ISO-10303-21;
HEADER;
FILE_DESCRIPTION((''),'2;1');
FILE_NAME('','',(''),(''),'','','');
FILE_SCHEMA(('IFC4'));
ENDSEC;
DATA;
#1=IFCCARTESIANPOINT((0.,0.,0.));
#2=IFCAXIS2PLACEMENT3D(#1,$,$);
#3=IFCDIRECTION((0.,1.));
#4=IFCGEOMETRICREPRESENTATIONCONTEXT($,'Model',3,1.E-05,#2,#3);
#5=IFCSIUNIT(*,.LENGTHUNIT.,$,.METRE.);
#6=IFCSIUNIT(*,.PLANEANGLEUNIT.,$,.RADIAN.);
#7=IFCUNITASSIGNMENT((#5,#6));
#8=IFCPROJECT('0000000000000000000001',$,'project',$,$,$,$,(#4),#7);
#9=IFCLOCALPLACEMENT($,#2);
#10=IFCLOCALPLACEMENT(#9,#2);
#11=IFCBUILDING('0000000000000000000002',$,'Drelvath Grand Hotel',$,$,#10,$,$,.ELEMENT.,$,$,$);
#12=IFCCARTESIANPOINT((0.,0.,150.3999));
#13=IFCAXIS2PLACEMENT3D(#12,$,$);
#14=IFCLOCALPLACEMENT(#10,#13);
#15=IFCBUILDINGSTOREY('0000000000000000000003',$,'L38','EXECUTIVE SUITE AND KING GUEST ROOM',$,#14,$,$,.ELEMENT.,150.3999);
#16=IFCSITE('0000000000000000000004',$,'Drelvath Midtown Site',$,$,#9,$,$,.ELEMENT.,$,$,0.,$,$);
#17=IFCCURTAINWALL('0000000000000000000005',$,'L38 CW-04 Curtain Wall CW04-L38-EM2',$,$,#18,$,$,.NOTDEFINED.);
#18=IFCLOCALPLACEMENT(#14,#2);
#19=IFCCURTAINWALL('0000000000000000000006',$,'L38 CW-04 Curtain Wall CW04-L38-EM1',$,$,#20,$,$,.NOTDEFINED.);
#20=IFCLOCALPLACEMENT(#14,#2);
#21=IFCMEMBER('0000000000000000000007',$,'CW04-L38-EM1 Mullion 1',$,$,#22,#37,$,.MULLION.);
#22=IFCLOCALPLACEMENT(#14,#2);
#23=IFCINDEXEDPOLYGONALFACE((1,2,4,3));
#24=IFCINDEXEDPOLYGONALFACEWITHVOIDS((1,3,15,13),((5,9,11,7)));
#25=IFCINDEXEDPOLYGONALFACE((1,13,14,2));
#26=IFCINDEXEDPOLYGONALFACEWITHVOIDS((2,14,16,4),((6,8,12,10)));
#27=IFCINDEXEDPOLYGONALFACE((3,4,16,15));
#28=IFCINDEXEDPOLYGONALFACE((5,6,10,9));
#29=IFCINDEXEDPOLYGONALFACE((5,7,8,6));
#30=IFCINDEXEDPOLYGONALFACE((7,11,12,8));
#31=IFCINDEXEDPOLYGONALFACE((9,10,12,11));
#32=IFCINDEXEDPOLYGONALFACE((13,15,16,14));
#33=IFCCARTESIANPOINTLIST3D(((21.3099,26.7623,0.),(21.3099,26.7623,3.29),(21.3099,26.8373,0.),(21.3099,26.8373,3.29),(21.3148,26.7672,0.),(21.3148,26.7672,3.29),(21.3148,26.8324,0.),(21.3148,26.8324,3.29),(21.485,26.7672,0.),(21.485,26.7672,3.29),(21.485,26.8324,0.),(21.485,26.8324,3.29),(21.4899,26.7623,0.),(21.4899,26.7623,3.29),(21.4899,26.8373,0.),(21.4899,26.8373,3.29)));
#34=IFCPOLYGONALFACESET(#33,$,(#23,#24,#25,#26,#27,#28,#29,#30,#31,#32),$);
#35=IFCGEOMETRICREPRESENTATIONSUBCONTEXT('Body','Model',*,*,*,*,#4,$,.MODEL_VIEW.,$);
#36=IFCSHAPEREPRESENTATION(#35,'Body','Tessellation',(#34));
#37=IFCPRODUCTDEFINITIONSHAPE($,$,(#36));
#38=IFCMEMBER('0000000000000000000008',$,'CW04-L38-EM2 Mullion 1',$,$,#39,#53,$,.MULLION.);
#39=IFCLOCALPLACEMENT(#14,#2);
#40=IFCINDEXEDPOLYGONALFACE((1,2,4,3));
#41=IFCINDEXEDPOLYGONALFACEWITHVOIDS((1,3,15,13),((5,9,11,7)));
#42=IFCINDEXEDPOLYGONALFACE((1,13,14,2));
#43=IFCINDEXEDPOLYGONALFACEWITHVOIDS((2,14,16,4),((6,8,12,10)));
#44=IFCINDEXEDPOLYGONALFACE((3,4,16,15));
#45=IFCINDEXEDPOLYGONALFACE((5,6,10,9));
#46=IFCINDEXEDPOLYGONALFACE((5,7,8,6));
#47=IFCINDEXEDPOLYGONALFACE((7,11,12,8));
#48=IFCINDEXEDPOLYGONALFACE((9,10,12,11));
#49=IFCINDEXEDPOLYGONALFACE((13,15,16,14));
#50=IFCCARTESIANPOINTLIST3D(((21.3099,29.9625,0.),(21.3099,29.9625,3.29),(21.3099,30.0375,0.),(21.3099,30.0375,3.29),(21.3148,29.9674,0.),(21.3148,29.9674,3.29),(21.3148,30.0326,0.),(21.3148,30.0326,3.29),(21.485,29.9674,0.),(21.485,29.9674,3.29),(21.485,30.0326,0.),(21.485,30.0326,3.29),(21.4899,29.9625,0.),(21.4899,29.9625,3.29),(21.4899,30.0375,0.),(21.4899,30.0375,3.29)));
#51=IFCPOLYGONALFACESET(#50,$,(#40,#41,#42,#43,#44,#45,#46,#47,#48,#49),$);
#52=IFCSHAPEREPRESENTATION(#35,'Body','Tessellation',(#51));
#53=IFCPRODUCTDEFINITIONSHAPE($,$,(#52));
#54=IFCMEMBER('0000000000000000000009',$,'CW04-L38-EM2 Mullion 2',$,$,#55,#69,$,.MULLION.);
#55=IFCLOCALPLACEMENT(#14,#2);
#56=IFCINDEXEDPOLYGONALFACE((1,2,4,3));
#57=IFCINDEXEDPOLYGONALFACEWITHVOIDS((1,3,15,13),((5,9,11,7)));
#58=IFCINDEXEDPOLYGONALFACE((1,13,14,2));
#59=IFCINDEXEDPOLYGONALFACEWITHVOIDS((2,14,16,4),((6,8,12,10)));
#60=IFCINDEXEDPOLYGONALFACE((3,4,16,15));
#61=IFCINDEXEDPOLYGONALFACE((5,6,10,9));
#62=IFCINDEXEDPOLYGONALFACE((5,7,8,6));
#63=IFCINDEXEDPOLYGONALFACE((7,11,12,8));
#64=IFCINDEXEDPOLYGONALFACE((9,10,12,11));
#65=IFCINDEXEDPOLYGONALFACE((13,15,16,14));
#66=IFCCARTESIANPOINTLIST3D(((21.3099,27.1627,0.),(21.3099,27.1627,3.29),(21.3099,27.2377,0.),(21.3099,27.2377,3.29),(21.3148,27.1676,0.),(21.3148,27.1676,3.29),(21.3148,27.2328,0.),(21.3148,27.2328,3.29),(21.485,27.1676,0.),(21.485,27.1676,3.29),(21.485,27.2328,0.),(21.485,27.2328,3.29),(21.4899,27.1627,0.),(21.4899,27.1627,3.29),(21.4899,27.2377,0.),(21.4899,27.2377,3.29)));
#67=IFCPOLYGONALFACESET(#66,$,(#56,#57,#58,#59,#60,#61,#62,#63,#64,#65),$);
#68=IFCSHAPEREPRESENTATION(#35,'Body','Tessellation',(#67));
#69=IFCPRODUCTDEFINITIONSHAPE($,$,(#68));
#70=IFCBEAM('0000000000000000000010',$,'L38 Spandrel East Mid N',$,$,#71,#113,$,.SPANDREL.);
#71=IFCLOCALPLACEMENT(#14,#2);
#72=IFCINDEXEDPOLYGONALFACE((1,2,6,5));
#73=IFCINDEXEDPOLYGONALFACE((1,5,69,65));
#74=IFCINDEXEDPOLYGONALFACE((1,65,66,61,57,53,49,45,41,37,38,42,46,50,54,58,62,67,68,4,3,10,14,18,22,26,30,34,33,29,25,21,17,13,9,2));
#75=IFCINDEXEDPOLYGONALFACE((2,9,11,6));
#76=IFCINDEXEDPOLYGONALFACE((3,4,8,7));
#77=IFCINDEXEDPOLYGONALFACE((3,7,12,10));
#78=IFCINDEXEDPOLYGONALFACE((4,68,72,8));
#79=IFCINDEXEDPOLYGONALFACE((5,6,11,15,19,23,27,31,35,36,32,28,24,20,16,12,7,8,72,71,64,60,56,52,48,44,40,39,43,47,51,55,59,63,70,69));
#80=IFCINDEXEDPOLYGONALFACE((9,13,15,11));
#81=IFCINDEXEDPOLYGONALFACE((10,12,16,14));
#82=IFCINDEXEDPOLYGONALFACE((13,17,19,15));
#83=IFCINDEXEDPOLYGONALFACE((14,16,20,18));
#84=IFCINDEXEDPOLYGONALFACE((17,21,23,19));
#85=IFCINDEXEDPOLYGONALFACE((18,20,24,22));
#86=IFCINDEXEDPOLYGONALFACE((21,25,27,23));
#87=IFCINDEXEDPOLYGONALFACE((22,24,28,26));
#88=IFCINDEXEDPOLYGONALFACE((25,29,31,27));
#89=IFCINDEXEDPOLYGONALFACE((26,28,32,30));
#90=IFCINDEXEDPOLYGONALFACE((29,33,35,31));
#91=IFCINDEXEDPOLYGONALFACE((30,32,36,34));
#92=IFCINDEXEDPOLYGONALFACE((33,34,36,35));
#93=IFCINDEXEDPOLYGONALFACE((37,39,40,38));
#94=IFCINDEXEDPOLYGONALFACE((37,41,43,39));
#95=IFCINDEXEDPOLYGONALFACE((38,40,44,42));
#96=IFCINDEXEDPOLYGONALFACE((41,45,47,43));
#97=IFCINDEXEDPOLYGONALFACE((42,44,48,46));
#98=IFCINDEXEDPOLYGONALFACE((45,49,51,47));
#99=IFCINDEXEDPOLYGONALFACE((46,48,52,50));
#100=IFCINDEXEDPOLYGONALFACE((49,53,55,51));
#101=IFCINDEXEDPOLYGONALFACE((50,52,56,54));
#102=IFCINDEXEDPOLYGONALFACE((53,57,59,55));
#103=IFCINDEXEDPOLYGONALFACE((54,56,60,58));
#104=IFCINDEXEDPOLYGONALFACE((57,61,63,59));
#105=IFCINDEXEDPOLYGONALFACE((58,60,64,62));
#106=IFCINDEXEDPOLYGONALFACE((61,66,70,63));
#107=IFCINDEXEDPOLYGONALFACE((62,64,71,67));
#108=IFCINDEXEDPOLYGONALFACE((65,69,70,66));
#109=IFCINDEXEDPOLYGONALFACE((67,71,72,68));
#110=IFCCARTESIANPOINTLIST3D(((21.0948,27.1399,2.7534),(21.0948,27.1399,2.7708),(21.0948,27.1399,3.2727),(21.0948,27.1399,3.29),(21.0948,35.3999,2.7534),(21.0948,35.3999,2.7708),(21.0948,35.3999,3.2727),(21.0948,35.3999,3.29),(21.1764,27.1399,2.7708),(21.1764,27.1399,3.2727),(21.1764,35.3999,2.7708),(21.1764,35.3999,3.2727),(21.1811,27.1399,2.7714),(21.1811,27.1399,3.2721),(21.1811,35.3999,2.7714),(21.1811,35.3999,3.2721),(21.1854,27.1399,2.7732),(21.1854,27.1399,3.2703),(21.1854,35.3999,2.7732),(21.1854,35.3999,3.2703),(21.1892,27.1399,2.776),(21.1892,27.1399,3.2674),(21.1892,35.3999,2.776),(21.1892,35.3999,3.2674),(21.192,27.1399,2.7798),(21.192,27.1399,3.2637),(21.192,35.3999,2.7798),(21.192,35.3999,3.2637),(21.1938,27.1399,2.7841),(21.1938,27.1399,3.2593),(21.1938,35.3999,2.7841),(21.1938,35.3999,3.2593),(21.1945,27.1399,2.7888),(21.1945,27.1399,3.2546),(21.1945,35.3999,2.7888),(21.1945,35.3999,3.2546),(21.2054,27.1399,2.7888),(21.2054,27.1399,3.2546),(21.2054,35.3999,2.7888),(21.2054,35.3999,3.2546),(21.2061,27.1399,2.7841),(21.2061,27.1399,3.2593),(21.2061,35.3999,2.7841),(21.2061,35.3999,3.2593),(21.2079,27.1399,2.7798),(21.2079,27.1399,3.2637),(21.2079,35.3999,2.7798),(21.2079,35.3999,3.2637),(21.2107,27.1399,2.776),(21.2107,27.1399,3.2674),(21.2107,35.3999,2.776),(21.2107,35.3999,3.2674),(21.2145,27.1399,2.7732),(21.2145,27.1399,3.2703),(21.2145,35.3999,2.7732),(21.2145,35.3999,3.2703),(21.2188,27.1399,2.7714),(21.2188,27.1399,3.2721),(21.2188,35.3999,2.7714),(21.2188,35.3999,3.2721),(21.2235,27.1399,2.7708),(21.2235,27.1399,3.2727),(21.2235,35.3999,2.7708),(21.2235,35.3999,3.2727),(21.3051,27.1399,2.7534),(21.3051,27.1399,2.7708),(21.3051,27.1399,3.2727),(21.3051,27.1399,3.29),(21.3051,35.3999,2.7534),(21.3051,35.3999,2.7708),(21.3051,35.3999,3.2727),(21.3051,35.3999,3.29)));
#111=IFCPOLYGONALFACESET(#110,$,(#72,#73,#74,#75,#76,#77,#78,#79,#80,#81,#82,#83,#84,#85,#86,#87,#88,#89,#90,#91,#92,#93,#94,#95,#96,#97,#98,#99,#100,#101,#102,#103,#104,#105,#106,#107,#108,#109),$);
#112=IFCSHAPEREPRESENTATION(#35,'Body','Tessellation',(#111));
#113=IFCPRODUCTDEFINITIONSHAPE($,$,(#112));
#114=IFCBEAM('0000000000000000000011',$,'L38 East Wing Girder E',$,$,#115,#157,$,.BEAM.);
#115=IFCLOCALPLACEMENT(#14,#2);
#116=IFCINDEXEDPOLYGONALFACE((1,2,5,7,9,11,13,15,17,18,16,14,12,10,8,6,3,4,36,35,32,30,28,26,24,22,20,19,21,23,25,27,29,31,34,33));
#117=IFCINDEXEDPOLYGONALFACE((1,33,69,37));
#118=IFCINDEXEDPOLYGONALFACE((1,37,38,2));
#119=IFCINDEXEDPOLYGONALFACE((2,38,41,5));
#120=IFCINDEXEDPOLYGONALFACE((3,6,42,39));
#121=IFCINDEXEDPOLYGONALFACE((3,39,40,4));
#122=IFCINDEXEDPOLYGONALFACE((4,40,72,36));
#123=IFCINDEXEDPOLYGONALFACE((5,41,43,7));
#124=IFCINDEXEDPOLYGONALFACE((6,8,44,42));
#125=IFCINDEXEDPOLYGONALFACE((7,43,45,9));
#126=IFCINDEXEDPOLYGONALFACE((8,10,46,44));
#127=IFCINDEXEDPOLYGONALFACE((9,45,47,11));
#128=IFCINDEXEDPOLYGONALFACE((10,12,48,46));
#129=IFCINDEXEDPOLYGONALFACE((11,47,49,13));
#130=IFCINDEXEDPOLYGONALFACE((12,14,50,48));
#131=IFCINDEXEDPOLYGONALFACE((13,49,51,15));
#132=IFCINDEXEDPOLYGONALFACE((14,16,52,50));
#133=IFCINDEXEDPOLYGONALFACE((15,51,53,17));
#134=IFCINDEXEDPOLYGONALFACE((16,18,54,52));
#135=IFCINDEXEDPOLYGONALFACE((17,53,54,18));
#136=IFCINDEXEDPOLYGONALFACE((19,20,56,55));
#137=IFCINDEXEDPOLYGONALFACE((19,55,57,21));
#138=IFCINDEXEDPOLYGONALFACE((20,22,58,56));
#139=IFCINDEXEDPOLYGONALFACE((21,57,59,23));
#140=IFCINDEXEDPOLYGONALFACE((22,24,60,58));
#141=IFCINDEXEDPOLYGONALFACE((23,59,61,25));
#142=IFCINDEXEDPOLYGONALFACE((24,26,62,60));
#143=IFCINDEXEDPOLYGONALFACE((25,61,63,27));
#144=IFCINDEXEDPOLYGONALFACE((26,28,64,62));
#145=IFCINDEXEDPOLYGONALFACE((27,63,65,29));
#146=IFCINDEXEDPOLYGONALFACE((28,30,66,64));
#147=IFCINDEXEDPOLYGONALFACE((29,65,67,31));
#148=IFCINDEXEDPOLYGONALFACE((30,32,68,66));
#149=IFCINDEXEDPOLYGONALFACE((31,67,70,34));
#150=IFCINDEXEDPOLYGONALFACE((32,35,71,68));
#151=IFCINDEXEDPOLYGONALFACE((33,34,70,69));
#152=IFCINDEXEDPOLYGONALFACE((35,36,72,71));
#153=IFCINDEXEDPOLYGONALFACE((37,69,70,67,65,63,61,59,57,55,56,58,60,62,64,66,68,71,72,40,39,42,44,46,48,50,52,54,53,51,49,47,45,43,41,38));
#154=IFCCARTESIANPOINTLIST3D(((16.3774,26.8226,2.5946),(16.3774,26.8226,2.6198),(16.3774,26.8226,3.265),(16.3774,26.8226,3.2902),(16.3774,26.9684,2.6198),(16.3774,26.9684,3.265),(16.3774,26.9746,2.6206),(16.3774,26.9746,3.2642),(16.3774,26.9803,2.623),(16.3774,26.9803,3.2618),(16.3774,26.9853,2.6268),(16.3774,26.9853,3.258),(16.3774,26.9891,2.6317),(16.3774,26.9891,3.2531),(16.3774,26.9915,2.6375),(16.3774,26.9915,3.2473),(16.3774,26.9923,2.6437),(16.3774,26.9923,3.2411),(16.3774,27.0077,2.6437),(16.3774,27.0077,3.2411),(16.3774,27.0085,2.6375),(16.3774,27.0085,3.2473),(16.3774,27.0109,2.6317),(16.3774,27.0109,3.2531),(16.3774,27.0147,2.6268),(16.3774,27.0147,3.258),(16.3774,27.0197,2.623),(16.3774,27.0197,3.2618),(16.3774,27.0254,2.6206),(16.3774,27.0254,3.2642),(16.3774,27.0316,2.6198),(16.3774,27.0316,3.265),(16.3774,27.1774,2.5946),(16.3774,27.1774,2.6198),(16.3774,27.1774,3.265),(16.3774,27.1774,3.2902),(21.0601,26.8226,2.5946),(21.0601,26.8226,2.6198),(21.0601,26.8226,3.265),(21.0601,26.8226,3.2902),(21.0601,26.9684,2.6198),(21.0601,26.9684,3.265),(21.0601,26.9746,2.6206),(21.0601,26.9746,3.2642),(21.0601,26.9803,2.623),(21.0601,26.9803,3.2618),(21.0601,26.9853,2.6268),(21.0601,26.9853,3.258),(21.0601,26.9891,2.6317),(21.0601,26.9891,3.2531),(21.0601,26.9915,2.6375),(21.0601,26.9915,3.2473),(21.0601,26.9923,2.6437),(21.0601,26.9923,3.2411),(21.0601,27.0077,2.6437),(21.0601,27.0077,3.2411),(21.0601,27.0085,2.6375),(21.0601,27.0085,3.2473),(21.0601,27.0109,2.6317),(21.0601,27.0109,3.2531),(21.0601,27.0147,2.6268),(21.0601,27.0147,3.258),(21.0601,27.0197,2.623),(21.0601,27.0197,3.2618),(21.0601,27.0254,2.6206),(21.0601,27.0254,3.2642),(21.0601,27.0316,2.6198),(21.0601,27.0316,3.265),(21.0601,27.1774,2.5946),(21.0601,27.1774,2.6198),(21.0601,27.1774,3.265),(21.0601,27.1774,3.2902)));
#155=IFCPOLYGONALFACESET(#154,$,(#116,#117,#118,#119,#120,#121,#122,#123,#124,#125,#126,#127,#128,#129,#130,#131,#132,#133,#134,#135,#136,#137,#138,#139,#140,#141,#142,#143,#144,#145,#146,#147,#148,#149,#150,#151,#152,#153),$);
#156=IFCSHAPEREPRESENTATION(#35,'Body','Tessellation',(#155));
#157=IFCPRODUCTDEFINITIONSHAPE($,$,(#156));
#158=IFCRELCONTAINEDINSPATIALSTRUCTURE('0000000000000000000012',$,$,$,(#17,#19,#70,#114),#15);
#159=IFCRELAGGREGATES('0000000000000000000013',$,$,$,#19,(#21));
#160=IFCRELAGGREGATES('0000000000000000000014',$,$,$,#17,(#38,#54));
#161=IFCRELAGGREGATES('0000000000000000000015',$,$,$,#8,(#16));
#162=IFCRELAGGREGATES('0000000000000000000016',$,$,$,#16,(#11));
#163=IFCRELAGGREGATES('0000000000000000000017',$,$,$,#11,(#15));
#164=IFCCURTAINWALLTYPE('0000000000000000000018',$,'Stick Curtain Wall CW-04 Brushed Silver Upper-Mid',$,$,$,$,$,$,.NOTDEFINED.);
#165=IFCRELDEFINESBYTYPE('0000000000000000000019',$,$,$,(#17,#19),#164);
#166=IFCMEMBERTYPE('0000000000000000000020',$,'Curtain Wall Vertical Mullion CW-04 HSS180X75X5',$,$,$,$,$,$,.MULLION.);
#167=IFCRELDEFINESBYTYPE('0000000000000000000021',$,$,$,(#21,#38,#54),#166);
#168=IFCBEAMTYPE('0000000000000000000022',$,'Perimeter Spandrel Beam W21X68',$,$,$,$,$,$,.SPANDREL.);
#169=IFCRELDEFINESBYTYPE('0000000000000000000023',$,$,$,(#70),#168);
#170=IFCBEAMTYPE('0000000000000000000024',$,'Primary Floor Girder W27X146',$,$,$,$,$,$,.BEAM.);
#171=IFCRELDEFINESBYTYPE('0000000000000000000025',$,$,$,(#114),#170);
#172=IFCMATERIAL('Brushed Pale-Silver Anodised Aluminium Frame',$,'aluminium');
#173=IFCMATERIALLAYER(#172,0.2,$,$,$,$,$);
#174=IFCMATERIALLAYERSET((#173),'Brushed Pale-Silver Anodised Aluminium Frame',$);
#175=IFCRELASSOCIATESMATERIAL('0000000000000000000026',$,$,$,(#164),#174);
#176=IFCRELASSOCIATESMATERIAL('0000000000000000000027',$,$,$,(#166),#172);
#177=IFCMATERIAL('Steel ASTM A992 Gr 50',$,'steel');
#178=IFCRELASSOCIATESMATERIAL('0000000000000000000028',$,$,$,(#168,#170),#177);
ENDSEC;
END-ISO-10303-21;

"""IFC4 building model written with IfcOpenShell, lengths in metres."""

from ifc_helpers import new_model, si_unit, direction, frame, origin, origin_2d, place, context, subcontext, project, spatial, hollow_rectangle, i_section, extrude, material, layer, layer_set, material_profile, profile_set, type_object, element, aggregate, save


model = new_model("IFC4")

# Units and contexts
model_context = context("Model", 3, precision=1e-05, world=origin(), true_north=direction((0.0, 1.0)))
body_context = subcontext(model_context, "Body", "Model", "MODEL_VIEW")
ifc_project = project(units=[si_unit("LENGTHUNIT", "METRE"), si_unit("PLANEANGLEUNIT", "RADIAN")], contexts=[model_context])

# Site, building, storey
site_placement = place(None, origin())
site = spatial("IfcSite", under=ifc_project, at=site_placement, Name="Drelvath Midtown Site", CompositionType="ELEMENT", RefElevation=0.0)
building_placement = place(site_placement, origin())
building = spatial("IfcBuilding", under=site, at=building_placement, Name="Drelvath Grand Hotel", CompositionType="ELEMENT")
storey_placement = place(building_placement, frame((0.0, 0.0, 150.3999)))
storey = spatial("IfcBuildingStorey", under=building, at=storey_placement, Name="L38", Description="EXECUTIVE SUITE AND KING GUEST ROOM", CompositionType="ELEMENT", Elevation=150.3999)

# Curtain wall
ifc_material_1 = material(Name="Brushed Pale-Silver Anodised Aluminium Frame", Category="aluminium")
ifc_layer_1 = layer(ifc_material_1, 0.2)
ifc_layer_set_1 = layer_set([ifc_layer_1], Name="Brushed Pale-Silver Anodised Aluminium Frame")
curtain_wall_type = type_object("IfcCurtainWallType", Name="Stick Curtain Wall CW-04 Brushed Silver Upper-Mid", PredefinedType="NOTDEFINED", material=ifc_layer_set_1)
curtain_wall_1_placement = place(storey_placement, origin())
curtain_wall_1 = element("IfcCurtainWall", 1, at=curtain_wall_1_placement, inside=storey, type_object=curtain_wall_type, Name="L38 CW-04 Curtain Wall CW04-L38-EM2", PredefinedType="NOTDEFINED")

# Shared definitions
ifc_material_profile_1 = material_profile(ifc_material_1, hollow_rectangle(XDim=0.075, YDim=0.1799, WallThickness=0.0049, at=origin_2d()), Name="HSS180X75X5")
ifc_profile_set_1 = profile_set([ifc_material_profile_1], Name="Brushed Pale-Silver Anodised Aluminium Frame")
member_type_1 = type_object("IfcMemberType", Name="Curtain Wall Vertical Mullion CW-04 HSS180X75X5", PredefinedType="MULLION", material=ifc_profile_set_1)

# Curtain wall, member
curtain_wall_2_placement = place(storey_placement, origin())
curtain_wall_2 = element("IfcCurtainWall", 2, at=curtain_wall_2_placement, inside=storey, type_object=curtain_wall_type, Name="L38 CW-04 Curtain Wall CW04-L38-EM1", PredefinedType="NOTDEFINED")
member_1_placement = place(storey_placement, frame((21.3999, 26.7998, 0.0), z_axis=(0.0, 0.0, 1.0), x_axis=(0.0, 1.0, 0.0)))
member_1 = element("IfcMember", 3, at=member_1_placement, type_object=member_type_1, Name="CW04-L38-EM1 Mullion 1", PredefinedType="MULLION", context=body_context, shape_type="SweptSolid", body=[
    extrude(hollow_rectangle(XDim=0.075, YDim=0.1799, WallThickness=0.0049, at=origin_2d()), origin(), (0.0, 0.0, 1.0), 3.29),
])
aggregate(curtain_wall_2, [member_1])

# Members
member_2_placement = place(storey_placement, frame((21.3999, 30.0, 0.0), z_axis=(0.0, 0.0, 1.0), x_axis=(0.0, 1.0, 0.0)))
member_2 = element("IfcMember", 4, at=member_2_placement, type_object=member_type_1, Name="CW04-L38-EM2 Mullion 1", PredefinedType="MULLION", context=body_context, shape_type="SweptSolid", body=[
    extrude(hollow_rectangle(XDim=0.075, YDim=0.1799, WallThickness=0.0049, at=origin_2d()), origin(), (0.0, 0.0, 1.0), 3.29),
])
member_3_placement = place(storey_placement, frame((21.3999, 27.2002, 0.0), z_axis=(0.0, 0.0, 1.0), x_axis=(0.0, 1.0, 0.0)))
member_3 = element("IfcMember", 5, at=member_3_placement, type_object=member_type_1, Name="CW04-L38-EM2 Mullion 2", PredefinedType="MULLION", context=body_context, shape_type="SweptSolid", body=[
    extrude(hollow_rectangle(XDim=0.075, YDim=0.1799, WallThickness=0.0049, at=origin_2d()), origin(), (0.0, 0.0, 1.0), 3.29),
])

# Beams
ifc_material_2 = material(Name="Steel ASTM A992 Gr 50", Category="steel")
ifc_material_profile_2 = material_profile(ifc_material_2, i_section(OverallWidth=0.2102, OverallDepth=0.5366, WebThickness=0.011, FlangeThickness=0.0173, FilletRadius=0.0181, at=origin_2d()), Name="W21X68")
ifc_profile_set_2 = profile_set([ifc_material_profile_2], Name="Steel ASTM A992 Gr 50")
beam_type_1 = type_object("IfcBeamType", Name="Perimeter Spandrel Beam W21X68", PredefinedType="SPANDREL", material=ifc_profile_set_2)
beam_1_placement = place(storey_placement, frame((21.2, 27.1399, 3.0217), z_axis=(0.0, 1.0, 0.0), x_axis=(-1.0, 0.0, 0.0)))
element("IfcBeam", 6, at=beam_1_placement, inside=storey, type_object=beam_type_1, Name="L38 Spandrel East Mid N", PredefinedType="SPANDREL", context=body_context, shape_type="SweptSolid", body=[
    extrude(i_section(OverallWidth=0.2102, OverallDepth=0.5366, WebThickness=0.011, FlangeThickness=0.0173, FilletRadius=0.0181, at=origin_2d()), origin(), (0.0, 0.0, 1.0), 8.26),
])
ifc_material_profile_3 = material_profile(ifc_material_2, i_section(OverallWidth=0.3547, OverallDepth=0.6956, WebThickness=0.0154, FlangeThickness=0.0251, FilletRadius=0.0239, at=origin_2d()), Name="W27X146")
ifc_profile_set_3 = profile_set([ifc_material_profile_3], Name="Steel ASTM A992 Gr 50")
beam_type_2 = type_object("IfcBeamType", Name="Primary Floor Girder W27X146", PredefinedType="BEAM", material=ifc_profile_set_3)
beam_2_placement = place(storey_placement, frame((16.3774, 27.0, 2.9424), z_axis=(1.0, 0.0, 0.0), x_axis=(0.0, 1.0, 0.0)))
element("IfcBeam", 7, at=beam_2_placement, inside=storey, type_object=beam_type_2, Name="L38 East Wing Girder E", PredefinedType="BEAM", context=body_context, shape_type="SweptSolid", body=[
    extrude(i_section(OverallWidth=0.3547, OverallDepth=0.6956, WebThickness=0.0154, FlangeThickness=0.0251, FilletRadius=0.0239, at=origin_2d()), origin(), (0.0, 0.0, 1.0), 4.6826),
])

aggregate(curtain_wall_1, [member_2, member_3])

save(model, "model.ifc")
